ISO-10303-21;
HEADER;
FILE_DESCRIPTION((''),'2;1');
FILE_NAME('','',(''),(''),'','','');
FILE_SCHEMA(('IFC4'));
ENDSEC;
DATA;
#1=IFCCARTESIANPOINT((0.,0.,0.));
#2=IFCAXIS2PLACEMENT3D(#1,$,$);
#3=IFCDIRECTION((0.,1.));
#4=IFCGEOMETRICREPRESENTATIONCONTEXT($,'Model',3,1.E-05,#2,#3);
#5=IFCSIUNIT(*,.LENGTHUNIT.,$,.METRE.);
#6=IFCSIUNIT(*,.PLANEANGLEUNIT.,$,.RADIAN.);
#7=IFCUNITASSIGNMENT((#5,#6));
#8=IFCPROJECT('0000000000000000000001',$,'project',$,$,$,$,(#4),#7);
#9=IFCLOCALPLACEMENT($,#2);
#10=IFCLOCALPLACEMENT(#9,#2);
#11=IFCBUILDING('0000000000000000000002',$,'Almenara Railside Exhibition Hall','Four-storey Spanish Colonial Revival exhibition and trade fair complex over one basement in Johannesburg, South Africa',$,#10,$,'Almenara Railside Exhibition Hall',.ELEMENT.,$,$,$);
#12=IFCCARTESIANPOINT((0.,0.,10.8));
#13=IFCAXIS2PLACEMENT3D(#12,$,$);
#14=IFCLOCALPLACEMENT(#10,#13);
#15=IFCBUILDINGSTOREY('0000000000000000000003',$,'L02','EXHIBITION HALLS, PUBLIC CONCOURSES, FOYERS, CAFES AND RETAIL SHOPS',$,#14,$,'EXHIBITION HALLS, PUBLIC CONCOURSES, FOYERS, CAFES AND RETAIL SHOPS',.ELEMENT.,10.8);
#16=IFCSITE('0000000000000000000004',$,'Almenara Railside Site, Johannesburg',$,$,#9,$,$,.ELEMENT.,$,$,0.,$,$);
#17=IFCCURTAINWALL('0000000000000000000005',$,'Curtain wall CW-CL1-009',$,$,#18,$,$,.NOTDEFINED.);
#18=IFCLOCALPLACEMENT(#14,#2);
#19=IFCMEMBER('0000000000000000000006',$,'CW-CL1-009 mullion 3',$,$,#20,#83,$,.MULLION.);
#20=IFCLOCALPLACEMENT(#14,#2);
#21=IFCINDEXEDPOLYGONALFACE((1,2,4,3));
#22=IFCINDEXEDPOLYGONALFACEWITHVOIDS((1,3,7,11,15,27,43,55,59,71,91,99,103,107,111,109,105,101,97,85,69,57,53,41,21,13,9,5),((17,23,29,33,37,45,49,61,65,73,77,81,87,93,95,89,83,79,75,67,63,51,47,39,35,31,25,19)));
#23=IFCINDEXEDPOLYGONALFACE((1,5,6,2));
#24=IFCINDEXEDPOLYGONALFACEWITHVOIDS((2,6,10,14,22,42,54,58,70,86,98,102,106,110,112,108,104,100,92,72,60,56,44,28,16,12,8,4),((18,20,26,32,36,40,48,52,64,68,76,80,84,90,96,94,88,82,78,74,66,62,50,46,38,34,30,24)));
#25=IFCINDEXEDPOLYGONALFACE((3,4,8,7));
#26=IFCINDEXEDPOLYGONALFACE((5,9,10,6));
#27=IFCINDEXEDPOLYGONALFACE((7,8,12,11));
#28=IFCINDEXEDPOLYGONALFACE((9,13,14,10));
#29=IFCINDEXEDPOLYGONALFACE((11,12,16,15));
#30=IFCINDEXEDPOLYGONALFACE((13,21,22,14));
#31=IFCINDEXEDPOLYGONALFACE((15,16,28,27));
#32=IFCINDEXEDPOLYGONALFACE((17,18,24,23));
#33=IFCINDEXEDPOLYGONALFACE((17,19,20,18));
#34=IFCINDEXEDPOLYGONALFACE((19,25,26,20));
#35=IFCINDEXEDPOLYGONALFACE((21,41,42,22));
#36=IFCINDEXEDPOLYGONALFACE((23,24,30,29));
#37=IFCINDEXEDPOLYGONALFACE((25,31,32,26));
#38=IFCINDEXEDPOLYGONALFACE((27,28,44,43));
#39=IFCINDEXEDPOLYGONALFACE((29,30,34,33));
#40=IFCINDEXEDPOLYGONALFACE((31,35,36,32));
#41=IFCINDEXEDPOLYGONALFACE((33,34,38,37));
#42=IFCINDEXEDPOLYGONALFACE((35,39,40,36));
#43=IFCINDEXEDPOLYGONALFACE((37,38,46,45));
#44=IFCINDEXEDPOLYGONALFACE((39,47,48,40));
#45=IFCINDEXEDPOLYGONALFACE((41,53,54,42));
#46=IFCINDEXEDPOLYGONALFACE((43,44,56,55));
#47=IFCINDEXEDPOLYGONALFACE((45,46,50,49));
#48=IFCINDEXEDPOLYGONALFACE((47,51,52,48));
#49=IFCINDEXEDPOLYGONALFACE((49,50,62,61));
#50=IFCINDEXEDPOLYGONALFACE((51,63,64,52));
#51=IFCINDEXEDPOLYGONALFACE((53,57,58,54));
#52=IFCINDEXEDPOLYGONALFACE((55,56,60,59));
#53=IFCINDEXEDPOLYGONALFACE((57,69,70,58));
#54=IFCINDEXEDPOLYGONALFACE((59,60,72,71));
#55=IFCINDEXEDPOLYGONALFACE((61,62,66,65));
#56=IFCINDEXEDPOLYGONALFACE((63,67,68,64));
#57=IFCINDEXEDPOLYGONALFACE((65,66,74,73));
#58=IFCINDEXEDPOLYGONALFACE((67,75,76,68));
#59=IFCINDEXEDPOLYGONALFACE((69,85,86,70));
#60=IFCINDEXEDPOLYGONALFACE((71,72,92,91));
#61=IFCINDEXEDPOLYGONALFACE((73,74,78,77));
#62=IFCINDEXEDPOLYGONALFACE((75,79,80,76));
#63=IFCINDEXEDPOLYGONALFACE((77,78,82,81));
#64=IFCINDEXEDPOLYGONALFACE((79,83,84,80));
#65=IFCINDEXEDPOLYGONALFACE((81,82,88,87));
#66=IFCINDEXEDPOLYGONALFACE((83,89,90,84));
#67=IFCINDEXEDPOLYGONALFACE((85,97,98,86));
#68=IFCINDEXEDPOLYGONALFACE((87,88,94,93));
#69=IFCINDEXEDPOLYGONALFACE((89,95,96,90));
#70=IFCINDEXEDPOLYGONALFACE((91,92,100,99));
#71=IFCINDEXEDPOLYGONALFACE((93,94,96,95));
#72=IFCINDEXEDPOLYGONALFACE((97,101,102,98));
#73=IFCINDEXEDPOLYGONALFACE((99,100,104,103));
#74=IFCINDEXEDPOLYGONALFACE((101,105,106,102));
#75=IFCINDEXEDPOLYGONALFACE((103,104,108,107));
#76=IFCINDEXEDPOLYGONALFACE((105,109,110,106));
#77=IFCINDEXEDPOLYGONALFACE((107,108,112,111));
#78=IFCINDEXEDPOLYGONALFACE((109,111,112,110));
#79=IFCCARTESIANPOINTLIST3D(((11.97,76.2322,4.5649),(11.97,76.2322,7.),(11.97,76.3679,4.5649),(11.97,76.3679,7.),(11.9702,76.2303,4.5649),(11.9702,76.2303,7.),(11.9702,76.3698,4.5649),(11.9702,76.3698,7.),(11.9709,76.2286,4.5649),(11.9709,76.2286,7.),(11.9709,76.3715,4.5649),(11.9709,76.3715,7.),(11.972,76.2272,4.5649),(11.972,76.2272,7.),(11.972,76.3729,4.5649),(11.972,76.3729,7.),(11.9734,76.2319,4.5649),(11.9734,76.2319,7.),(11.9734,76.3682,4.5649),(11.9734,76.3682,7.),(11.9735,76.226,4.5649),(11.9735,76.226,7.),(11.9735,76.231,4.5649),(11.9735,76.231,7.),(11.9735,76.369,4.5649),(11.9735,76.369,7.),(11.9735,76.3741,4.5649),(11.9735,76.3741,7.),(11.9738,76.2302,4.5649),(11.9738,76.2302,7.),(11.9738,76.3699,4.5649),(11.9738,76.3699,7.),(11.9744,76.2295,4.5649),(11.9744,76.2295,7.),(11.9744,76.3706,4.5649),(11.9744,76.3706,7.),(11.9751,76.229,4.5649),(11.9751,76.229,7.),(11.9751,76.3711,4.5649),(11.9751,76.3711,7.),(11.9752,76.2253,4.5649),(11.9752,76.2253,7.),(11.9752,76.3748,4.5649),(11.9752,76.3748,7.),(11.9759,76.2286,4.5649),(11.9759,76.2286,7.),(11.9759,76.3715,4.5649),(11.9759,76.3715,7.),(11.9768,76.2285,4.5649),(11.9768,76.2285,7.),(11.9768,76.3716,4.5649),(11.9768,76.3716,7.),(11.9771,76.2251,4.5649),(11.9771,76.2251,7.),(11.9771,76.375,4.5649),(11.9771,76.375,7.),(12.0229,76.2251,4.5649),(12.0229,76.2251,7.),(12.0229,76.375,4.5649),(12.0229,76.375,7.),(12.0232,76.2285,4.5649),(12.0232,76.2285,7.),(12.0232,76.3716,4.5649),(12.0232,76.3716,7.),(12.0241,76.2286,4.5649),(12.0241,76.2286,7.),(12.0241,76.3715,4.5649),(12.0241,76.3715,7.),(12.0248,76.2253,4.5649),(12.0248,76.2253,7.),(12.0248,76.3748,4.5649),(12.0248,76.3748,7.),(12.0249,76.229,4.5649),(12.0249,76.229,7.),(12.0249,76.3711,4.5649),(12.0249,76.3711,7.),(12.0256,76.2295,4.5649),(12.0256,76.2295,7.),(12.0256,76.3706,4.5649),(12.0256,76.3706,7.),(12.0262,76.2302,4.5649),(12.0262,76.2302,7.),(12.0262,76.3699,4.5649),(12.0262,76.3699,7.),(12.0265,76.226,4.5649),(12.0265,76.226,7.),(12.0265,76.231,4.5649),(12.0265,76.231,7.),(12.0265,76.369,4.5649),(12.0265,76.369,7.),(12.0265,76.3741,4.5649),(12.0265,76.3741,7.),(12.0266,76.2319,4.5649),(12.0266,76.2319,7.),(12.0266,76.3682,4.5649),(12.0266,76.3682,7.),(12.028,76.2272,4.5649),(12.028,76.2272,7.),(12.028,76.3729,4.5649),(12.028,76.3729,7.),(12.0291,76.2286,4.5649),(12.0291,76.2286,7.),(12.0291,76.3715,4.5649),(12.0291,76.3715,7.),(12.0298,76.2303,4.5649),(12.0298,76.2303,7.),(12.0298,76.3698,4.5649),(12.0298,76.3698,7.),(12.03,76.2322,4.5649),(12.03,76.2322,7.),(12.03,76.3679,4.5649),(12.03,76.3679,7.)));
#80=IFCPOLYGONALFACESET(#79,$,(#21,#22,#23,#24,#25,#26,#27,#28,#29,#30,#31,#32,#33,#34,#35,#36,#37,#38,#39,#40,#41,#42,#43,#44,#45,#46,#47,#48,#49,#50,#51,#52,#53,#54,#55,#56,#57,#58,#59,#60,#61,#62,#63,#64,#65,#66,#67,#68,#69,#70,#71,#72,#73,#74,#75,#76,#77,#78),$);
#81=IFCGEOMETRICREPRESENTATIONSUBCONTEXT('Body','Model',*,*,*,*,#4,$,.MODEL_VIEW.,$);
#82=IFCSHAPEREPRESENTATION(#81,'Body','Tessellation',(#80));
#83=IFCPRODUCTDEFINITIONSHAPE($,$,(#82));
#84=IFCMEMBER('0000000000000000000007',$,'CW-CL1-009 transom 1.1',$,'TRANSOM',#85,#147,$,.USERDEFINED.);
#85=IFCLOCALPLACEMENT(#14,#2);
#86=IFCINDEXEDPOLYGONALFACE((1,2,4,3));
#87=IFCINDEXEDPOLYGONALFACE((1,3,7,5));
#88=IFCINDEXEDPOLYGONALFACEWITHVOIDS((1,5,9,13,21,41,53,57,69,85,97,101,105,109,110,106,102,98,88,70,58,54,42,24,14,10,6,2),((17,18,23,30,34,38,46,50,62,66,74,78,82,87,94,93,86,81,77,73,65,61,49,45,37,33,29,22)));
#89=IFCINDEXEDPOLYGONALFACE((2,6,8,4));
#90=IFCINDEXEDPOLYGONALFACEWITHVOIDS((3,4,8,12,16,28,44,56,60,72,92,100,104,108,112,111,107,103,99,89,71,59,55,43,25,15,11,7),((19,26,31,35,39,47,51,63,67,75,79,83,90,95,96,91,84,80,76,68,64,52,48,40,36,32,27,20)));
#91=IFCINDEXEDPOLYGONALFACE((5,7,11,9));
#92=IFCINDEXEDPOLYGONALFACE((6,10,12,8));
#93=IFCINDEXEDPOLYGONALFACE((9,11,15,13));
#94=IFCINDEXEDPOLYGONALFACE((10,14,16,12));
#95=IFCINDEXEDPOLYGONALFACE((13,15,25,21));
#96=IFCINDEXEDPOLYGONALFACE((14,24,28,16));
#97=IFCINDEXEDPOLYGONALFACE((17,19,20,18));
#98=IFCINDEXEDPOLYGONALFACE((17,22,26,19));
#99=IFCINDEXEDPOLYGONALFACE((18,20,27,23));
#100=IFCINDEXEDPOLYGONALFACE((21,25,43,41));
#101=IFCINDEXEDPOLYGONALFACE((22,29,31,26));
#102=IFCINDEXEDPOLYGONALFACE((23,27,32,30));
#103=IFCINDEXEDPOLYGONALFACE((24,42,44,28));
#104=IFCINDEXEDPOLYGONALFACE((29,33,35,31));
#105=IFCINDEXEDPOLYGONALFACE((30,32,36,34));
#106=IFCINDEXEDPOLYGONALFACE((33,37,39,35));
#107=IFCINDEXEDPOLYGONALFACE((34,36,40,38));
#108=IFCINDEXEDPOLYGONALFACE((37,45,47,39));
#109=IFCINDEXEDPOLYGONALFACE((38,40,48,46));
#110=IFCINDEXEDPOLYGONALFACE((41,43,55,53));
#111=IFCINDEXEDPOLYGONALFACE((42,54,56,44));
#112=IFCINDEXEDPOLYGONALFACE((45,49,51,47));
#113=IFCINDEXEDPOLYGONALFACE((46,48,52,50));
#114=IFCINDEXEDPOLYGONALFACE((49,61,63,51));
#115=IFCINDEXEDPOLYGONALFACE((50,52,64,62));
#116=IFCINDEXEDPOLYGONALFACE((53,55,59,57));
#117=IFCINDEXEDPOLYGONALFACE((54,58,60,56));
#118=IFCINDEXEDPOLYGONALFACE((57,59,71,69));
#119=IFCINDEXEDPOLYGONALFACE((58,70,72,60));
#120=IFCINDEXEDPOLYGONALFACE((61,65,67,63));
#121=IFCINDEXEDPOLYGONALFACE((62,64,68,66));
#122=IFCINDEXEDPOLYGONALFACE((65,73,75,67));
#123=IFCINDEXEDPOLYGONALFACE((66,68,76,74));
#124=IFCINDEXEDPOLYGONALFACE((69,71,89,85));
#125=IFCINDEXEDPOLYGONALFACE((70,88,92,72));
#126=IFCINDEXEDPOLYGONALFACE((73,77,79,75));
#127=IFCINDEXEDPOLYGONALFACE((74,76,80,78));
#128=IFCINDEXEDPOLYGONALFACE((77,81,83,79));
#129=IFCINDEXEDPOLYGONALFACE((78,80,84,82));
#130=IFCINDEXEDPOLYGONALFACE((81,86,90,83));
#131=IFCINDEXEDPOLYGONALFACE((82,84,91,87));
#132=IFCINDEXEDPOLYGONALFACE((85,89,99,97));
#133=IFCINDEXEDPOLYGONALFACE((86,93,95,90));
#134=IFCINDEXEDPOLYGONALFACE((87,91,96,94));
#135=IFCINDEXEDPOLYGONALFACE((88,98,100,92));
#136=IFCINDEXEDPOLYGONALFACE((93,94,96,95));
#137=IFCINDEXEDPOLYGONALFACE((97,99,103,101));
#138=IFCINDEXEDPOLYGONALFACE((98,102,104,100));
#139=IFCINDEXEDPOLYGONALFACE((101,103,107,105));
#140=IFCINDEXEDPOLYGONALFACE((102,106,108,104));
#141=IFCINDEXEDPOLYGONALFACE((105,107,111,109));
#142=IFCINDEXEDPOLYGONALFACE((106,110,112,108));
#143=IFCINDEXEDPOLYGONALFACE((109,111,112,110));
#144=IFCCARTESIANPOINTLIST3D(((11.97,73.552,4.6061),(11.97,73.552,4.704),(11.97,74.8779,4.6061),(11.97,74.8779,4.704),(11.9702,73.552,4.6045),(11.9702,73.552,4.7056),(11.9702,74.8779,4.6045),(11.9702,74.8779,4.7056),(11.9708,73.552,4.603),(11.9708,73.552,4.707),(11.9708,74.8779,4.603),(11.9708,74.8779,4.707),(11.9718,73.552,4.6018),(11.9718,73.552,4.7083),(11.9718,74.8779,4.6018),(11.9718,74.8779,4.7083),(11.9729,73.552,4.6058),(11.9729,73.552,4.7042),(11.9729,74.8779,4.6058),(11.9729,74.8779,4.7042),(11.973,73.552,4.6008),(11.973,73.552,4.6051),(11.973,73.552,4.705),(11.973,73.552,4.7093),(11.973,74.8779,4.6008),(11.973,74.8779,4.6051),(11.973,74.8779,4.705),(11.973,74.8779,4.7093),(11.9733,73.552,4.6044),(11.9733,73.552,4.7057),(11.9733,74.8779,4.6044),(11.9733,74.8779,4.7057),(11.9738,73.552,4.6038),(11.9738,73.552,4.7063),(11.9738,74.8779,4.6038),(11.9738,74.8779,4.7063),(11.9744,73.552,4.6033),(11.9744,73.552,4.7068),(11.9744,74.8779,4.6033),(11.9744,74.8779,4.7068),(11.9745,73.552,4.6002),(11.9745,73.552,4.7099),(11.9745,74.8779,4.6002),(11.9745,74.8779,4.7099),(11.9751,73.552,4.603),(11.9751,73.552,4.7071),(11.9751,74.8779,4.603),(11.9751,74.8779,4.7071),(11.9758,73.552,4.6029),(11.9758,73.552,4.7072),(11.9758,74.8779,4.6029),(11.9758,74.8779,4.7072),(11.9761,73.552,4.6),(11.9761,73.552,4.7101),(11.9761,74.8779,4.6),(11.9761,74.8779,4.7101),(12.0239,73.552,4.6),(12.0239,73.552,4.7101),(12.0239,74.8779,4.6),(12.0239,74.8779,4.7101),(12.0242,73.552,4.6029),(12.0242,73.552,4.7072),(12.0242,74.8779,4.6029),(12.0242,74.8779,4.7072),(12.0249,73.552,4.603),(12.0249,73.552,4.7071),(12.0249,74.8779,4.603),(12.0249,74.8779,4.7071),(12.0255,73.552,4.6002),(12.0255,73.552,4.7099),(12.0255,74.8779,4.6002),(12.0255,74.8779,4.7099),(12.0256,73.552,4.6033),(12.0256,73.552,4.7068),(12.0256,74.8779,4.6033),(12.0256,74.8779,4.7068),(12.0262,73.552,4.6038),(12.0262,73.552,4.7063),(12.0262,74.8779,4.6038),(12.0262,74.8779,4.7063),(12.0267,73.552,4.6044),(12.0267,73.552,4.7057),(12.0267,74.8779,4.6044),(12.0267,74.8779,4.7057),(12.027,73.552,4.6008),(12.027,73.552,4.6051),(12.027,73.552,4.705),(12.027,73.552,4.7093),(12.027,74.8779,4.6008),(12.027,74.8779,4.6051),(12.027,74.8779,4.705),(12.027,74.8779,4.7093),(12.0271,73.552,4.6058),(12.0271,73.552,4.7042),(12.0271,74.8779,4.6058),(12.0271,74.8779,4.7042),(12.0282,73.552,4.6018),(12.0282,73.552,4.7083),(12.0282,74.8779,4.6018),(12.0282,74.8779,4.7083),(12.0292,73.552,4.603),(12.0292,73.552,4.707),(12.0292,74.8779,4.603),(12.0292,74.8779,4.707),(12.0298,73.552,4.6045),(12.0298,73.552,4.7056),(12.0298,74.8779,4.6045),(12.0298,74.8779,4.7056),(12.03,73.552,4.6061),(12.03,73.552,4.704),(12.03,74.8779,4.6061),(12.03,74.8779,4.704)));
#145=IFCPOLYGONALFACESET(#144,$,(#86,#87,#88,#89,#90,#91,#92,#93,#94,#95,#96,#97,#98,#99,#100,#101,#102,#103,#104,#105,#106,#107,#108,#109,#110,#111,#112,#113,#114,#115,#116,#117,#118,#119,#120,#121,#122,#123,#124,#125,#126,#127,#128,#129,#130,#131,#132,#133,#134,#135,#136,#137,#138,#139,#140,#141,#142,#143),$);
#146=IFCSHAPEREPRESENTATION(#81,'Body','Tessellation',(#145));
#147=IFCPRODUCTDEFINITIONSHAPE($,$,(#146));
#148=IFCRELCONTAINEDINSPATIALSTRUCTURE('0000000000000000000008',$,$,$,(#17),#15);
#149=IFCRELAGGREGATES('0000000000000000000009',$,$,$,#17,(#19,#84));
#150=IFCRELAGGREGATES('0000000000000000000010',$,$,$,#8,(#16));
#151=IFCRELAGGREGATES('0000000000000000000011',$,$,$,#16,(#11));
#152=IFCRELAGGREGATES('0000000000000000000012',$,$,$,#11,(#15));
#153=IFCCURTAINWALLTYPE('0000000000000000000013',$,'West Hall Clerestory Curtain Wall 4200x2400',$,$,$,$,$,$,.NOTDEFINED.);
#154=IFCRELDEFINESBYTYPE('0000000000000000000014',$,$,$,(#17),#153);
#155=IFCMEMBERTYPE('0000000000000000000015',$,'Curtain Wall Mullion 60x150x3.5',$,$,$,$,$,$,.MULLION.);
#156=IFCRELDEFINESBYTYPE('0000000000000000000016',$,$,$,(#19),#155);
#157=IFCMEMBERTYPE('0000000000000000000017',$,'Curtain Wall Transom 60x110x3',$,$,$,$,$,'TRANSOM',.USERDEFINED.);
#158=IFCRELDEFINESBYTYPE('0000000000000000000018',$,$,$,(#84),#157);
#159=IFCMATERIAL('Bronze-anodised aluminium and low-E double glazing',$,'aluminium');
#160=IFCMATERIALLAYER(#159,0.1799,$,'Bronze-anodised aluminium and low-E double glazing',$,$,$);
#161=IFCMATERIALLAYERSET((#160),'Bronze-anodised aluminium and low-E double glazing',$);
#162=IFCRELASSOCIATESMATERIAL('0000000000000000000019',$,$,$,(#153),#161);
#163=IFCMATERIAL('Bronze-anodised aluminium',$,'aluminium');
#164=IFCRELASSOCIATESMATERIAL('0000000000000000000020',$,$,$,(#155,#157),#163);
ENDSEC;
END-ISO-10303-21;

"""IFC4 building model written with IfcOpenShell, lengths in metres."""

from ifc_helpers import new_model, si_unit, direction, frame, origin, origin_2d, place, context, subcontext, project, spatial, hollow_rectangle, extrude, material, layer, layer_set, material_profile, profile_set, type_object, element, aggregate, save


model = new_model("IFC4")

# Units and contexts
model_context = context("Model", 3, precision=1e-05, world=origin(), true_north=direction((0.0, 1.0)))
body_context = subcontext(model_context, "Body", "Model", "MODEL_VIEW")
ifc_project = project(units=[si_unit("LENGTHUNIT", "METRE"), si_unit("PLANEANGLEUNIT", "RADIAN")], contexts=[model_context])

# Site, building, storey
site_placement = place(None, origin())
site = spatial("IfcSite", under=ifc_project, at=site_placement, Name="Almenara Railside Site, Johannesburg", CompositionType="ELEMENT", RefElevation=0.0)
building_placement = place(site_placement, origin())
building = spatial("IfcBuilding", under=site, at=building_placement, Name="Almenara Railside Exhibition Hall", Description="Four-storey Spanish Colonial Revival exhibition and trade fair complex over one basement in Johannesburg, South Africa", LongName="Almenara Railside Exhibition Hall", CompositionType="ELEMENT")
storey_placement = place(building_placement, frame((0.0, 0.0, 10.8)))
storey = spatial("IfcBuildingStorey", under=building, at=storey_placement, Name="L02", Description="EXHIBITION HALLS, PUBLIC CONCOURSES, FOYERS, CAFES AND RETAIL SHOPS", LongName="EXHIBITION HALLS, PUBLIC CONCOURSES, FOYERS, CAFES AND RETAIL SHOPS", CompositionType="ELEMENT", Elevation=10.8)

# Curtain wall, members
ifc_material_1 = material(Name="Bronze-anodised aluminium and low-E double glazing", Category="aluminium")
ifc_layer_1 = layer(ifc_material_1, 0.1799, Name="Bronze-anodised aluminium and low-E double glazing")
ifc_layer_set_1 = layer_set([ifc_layer_1], Name="Bronze-anodised aluminium and low-E double glazing")
curtain_wall_type = type_object("IfcCurtainWallType", Name="West Hall Clerestory Curtain Wall 4200x2400", PredefinedType="NOTDEFINED", material=ifc_layer_set_1)
curtain_wall_placement = place(storey_placement, origin())
curtain_wall = element("IfcCurtainWall", 1, at=curtain_wall_placement, inside=storey, type_object=curtain_wall_type, Name="Curtain wall CW-CL1-009", PredefinedType="NOTDEFINED")
ifc_material_2 = material(Name="Bronze-anodised aluminium", Category="aluminium")
ifc_material_profile_1 = material_profile(ifc_material_2, hollow_rectangle(XDim=0.0601, YDim=0.1499, WallThickness=0.0034, InnerFilletRadius=0.0034, OuterFilletRadius=0.0071, at=origin_2d()), Name="ALU-MUL 60x150x3.5")
ifc_profile_set_1 = profile_set([ifc_material_profile_1], Name="Bronze-anodised aluminium")
member_type_1 = type_object("IfcMemberType", Name="Curtain Wall Mullion 60x150x3.5", PredefinedType="MULLION", material=ifc_profile_set_1)
member_1_placement = place(storey_placement, frame((12.0, 76.3, 4.5649), z_axis=(0.0, 0.0, 1.0), x_axis=(-1.0, 0.0, 0.0)))
member_1 = element("IfcMember", 2, at=member_1_placement, type_object=member_type_1, Name="CW-CL1-009 mullion 3", PredefinedType="MULLION", context=body_context, shape_type="SweptSolid", body=[
    extrude(hollow_rectangle(XDim=0.0601, YDim=0.1499, WallThickness=0.0034, InnerFilletRadius=0.0034, OuterFilletRadius=0.0071, at=origin_2d()), origin(), (0.0, 0.0, 1.0), 2.4351),
])
ifc_material_profile_2 = material_profile(ifc_material_2, hollow_rectangle(XDim=0.0601, YDim=0.1101, WallThickness=0.0029, InnerFilletRadius=0.0029, OuterFilletRadius=0.0061, at=origin_2d()), Name="ALU-TRN 60x110x3")
ifc_profile_set_2 = profile_set([ifc_material_profile_2], Name="Bronze-anodised aluminium")
member_type_2 = type_object("IfcMemberType", Name="Curtain Wall Transom 60x110x3", ElementType="TRANSOM", PredefinedType="USERDEFINED", material=ifc_profile_set_2)
member_2_placement = place(storey_placement, frame((12.0, 73.552, 4.655), z_axis=(0.0, 1.0, 0.0), x_axis=(-1.0, 0.0, 0.0)))
member_2 = element("IfcMember", 3, at=member_2_placement, type_object=member_type_2, Name="CW-CL1-009 transom 1.1", ObjectType="TRANSOM", PredefinedType="USERDEFINED", context=body_context, shape_type="SweptSolid", body=[
    extrude(hollow_rectangle(XDim=0.0601, YDim=0.1101, WallThickness=0.0029, InnerFilletRadius=0.0029, OuterFilletRadius=0.0061, at=origin_2d()), origin(), (0.0, 0.0, 1.0), 1.3259),
])

aggregate(curtain_wall, [member_1, member_2])

save(model, "model.ifc")
